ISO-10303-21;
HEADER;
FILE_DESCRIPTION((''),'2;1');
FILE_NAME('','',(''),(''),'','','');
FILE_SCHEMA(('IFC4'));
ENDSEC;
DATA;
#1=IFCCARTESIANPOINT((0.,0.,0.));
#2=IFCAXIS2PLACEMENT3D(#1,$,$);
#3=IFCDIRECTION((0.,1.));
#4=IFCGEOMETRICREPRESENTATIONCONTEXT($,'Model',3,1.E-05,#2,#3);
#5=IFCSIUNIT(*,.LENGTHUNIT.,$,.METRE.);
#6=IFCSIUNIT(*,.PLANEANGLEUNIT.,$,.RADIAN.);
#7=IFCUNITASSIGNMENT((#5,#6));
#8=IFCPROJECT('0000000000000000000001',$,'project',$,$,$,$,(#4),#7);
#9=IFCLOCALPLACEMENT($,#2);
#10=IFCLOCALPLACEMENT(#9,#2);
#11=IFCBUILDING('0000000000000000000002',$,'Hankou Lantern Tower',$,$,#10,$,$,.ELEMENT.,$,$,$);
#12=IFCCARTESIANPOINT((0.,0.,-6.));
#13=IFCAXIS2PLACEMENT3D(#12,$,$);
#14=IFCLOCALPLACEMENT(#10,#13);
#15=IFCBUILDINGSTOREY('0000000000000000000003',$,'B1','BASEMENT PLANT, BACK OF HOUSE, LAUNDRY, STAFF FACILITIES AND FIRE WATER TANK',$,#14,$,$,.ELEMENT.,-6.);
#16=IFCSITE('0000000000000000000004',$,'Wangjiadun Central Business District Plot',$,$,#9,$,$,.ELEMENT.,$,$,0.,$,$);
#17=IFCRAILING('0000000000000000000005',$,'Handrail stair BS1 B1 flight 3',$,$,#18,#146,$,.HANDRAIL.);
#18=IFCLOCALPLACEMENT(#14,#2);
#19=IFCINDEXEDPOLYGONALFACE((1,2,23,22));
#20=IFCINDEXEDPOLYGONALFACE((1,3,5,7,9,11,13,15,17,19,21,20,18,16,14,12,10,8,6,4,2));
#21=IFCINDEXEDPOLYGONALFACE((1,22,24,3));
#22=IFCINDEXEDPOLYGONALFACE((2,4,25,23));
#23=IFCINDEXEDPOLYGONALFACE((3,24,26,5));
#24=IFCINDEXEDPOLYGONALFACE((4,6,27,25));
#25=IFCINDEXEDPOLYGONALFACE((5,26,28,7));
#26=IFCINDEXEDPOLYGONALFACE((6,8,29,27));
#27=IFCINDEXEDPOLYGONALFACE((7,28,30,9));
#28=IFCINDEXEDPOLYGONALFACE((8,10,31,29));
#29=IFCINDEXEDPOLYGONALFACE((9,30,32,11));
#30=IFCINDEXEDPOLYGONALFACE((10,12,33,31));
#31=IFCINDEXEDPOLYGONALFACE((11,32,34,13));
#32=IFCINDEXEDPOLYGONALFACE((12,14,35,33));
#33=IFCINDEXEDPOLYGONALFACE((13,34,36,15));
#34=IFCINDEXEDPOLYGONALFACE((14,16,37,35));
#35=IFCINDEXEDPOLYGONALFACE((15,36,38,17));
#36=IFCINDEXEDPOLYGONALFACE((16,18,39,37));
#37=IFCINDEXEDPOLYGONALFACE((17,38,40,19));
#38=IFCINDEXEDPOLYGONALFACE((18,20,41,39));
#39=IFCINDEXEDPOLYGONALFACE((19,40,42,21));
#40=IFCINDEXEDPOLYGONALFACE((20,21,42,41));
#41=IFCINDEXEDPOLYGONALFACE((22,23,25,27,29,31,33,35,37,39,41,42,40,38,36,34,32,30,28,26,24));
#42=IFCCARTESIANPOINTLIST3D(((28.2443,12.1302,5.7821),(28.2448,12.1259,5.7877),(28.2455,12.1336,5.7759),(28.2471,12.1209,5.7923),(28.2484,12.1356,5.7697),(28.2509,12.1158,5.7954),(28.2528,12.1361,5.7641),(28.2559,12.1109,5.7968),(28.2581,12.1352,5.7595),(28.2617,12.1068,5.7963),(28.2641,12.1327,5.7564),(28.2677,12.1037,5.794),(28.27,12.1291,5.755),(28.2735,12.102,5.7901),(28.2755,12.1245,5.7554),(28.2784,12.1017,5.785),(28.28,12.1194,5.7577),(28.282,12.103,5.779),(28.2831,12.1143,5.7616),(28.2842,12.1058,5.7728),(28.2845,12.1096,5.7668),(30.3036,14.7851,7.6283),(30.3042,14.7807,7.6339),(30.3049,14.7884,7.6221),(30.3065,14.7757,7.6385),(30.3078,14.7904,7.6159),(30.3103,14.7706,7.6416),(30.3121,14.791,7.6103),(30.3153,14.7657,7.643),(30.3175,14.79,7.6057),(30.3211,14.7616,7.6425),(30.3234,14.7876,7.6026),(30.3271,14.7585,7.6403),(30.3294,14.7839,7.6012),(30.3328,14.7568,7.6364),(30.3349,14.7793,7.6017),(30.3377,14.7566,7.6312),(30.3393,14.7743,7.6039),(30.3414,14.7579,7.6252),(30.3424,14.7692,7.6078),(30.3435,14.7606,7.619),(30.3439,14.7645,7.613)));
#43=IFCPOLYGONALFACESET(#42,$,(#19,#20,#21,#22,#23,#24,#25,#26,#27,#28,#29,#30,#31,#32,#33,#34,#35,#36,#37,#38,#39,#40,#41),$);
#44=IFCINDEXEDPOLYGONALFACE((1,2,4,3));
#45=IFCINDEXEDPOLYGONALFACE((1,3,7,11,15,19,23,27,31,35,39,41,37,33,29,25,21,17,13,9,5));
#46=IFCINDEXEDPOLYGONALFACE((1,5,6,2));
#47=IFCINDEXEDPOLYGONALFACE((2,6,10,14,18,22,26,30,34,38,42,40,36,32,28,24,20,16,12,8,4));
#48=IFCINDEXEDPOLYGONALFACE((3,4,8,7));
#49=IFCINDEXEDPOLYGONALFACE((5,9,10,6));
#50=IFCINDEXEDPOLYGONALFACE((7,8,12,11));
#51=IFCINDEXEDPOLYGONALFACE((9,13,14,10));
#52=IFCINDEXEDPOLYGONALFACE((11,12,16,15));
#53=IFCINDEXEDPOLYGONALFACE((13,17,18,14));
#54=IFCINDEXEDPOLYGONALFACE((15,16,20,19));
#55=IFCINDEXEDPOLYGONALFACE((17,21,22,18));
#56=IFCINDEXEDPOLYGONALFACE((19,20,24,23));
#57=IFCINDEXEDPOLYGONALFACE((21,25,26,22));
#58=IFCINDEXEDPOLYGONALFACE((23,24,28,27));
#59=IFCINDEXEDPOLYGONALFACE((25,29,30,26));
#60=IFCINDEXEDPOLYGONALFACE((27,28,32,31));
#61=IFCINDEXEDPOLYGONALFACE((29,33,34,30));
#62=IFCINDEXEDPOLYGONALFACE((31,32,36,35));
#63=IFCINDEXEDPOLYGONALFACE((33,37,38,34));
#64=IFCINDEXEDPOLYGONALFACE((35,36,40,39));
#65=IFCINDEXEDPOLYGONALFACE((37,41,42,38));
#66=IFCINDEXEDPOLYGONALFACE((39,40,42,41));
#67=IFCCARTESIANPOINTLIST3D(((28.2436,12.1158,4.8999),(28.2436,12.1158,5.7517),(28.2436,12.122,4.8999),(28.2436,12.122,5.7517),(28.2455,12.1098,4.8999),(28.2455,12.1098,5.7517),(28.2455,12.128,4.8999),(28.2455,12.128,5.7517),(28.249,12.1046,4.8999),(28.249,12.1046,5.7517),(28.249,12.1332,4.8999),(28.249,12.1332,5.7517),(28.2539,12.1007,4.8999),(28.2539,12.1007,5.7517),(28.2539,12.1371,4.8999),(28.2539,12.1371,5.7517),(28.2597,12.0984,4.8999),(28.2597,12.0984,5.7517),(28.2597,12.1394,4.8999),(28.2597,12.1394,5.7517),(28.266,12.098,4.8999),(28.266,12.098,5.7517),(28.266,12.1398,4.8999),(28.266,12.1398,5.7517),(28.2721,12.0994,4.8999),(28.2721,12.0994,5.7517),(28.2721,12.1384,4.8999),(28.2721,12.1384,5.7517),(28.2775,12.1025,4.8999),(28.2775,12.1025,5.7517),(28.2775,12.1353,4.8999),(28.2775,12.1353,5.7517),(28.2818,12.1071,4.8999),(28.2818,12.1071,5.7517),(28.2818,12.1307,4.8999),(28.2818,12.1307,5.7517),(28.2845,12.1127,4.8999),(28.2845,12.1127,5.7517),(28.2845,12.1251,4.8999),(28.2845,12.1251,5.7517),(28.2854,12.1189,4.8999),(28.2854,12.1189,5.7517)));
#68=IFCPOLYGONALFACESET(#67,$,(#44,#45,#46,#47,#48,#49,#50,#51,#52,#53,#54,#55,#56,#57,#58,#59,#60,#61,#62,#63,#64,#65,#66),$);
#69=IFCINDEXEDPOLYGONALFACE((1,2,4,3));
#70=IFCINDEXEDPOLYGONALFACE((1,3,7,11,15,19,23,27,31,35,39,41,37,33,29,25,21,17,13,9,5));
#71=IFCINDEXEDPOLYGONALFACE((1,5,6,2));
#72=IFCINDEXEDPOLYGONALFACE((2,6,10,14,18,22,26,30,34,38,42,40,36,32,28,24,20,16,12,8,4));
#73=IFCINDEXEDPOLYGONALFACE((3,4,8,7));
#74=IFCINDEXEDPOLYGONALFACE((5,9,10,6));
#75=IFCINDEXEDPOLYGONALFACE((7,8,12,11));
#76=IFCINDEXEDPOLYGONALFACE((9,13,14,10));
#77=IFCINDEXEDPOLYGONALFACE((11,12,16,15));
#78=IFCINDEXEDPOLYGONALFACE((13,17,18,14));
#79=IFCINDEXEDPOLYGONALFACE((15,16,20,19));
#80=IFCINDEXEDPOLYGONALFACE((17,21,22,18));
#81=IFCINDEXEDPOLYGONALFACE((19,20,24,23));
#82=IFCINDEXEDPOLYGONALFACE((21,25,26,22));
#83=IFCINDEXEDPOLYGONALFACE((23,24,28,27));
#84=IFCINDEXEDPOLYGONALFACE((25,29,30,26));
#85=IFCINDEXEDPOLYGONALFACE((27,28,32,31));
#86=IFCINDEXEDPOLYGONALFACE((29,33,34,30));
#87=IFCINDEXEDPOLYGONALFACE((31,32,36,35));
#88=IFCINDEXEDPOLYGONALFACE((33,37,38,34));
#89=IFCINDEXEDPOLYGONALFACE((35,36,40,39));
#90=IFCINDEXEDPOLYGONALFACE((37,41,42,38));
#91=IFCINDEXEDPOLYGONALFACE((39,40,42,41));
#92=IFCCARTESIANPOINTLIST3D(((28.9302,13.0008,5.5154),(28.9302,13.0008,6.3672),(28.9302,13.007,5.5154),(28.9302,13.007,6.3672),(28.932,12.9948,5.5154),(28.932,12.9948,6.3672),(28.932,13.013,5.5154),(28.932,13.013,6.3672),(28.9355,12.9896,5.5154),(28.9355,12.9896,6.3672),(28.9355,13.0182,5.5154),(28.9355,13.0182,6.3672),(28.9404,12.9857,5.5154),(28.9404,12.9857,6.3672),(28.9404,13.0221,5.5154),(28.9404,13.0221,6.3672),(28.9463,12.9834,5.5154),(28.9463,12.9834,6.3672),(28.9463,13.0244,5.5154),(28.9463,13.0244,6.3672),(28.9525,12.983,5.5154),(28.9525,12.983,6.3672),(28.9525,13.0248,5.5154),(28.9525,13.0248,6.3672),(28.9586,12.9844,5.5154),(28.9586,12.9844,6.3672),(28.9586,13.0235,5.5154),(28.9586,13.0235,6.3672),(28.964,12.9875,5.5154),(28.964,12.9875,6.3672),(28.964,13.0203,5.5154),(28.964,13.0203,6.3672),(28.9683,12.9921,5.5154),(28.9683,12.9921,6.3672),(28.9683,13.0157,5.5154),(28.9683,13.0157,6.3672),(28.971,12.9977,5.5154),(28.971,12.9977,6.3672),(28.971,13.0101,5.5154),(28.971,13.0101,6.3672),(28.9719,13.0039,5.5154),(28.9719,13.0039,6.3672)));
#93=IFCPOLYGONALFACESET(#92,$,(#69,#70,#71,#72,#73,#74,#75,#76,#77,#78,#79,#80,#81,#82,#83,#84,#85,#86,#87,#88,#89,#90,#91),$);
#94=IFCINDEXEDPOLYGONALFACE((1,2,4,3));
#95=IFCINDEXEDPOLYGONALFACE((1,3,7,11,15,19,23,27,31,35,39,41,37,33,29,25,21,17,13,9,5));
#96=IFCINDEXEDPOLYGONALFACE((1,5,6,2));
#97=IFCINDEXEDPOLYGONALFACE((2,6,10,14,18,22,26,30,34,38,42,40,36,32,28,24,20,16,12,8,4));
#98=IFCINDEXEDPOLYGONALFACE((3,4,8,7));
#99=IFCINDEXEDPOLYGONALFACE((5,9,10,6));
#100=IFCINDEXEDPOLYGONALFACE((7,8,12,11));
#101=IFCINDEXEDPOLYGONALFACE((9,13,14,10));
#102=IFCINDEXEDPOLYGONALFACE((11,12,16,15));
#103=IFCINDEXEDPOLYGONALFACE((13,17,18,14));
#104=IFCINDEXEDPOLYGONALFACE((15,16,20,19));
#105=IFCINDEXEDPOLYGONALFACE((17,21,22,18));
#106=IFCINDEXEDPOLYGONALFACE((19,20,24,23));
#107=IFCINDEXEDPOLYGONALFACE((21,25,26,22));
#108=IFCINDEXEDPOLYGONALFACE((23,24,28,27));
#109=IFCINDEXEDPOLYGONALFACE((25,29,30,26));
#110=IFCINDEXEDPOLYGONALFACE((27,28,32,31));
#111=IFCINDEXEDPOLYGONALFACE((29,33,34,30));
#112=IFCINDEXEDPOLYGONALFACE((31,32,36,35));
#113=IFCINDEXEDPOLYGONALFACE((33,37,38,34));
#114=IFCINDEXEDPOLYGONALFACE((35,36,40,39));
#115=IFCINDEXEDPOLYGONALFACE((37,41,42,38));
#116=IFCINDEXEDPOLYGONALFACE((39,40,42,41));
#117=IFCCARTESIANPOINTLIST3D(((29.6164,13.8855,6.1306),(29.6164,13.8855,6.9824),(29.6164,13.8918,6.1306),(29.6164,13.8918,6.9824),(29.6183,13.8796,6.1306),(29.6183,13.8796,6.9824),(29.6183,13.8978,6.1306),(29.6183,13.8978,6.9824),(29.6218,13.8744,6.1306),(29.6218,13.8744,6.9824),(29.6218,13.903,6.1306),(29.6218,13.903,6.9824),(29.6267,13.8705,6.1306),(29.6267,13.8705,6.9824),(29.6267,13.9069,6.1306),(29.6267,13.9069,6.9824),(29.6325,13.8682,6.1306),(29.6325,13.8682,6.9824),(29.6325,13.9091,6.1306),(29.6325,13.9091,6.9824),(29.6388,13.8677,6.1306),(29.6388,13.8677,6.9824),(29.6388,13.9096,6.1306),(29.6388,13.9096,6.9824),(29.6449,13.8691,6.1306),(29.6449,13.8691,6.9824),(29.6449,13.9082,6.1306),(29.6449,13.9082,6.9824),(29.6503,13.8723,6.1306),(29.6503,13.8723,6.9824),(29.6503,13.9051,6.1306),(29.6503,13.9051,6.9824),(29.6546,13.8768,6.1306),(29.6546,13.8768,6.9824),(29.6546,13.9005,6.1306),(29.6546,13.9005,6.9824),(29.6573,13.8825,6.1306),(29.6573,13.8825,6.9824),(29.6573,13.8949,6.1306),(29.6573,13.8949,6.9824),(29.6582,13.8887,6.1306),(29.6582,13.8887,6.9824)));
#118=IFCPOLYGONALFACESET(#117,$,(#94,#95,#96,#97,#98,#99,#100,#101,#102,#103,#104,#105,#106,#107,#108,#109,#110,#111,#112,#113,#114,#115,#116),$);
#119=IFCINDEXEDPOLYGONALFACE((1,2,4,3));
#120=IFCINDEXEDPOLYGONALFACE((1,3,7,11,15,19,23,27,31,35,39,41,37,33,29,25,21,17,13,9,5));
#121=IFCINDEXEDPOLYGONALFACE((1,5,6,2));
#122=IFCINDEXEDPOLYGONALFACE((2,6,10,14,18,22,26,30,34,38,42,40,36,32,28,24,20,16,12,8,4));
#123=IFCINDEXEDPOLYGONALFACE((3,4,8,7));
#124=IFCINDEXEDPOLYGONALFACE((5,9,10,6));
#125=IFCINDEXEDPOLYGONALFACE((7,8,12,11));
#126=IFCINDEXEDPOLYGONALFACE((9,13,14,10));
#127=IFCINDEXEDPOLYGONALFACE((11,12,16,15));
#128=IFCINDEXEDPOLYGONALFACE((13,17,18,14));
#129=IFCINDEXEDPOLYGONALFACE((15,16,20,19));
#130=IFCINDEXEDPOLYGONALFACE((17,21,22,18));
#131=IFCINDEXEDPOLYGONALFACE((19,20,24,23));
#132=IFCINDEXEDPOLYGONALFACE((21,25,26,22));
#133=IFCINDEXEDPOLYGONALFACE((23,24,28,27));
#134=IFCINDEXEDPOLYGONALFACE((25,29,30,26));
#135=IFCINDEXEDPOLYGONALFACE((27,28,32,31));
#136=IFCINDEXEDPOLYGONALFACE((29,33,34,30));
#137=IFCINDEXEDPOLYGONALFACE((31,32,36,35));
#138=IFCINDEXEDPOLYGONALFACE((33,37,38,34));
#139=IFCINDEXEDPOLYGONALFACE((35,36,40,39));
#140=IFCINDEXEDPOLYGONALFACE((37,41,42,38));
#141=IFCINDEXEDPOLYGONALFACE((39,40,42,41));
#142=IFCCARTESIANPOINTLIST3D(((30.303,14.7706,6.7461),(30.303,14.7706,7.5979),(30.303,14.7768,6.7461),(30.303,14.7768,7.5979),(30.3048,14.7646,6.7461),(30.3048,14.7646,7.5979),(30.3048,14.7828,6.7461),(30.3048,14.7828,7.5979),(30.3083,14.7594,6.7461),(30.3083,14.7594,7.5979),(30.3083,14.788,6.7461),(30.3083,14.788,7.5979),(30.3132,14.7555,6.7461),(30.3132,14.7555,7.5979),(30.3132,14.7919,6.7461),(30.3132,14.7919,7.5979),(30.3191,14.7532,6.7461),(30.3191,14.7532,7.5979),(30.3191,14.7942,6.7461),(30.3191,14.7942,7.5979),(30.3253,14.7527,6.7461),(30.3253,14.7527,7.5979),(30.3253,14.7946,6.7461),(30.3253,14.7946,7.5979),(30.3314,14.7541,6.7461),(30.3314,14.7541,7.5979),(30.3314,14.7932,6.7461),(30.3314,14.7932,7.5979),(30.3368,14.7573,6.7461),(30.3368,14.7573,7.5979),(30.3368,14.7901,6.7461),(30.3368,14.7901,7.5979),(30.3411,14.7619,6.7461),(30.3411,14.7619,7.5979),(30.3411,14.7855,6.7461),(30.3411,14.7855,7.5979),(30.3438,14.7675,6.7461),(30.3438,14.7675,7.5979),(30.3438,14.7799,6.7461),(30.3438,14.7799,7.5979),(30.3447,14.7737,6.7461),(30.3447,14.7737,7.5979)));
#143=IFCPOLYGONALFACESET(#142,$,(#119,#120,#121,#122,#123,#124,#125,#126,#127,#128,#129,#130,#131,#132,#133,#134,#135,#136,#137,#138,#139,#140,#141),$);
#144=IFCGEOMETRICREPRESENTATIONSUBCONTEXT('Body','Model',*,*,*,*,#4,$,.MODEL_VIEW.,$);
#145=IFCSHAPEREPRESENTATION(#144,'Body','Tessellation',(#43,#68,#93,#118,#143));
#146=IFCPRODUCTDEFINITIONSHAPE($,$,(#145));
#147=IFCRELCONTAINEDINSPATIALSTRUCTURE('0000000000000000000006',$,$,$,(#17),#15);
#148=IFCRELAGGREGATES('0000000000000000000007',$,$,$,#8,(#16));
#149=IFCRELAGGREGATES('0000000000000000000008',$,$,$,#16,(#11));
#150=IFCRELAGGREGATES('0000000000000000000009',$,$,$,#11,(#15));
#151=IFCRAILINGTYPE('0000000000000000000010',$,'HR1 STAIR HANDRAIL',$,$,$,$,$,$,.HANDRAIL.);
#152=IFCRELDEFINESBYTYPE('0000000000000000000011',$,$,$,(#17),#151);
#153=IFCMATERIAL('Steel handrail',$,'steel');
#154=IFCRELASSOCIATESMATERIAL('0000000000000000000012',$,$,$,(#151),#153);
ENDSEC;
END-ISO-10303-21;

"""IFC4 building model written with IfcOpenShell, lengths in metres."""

from ifc_helpers import new_model, si_unit, direction, frame, origin, origin_2d, place, context, subcontext, project, spatial, circle, extrude, material, type_object, element, save


model = new_model("IFC4")

# Units and contexts
model_context = context("Model", 3, precision=1e-05, world=origin(), true_north=direction((0.0, 1.0)))
body_context = subcontext(model_context, "Body", "Model", "MODEL_VIEW")
ifc_project = project(units=[si_unit("LENGTHUNIT", "METRE"), si_unit("PLANEANGLEUNIT", "RADIAN")], contexts=[model_context])

# Site, building, storey
site_placement = place(None, origin())
site = spatial("IfcSite", under=ifc_project, at=site_placement, Name="Wangjiadun Central Business District Plot", CompositionType="ELEMENT", RefElevation=0.0)
building_placement = place(site_placement, origin())
building = spatial("IfcBuilding", under=site, at=building_placement, Name="Hankou Lantern Tower", CompositionType="ELEMENT")
storey_placement = place(building_placement, frame((0.0, 0.0, -6.0)))
storey = spatial("IfcBuildingStorey", under=building, at=storey_placement, Name="B1", Description="BASEMENT PLANT, BACK OF HOUSE, LAUNDRY, STAFF FACILITIES AND FIRE WATER TANK", CompositionType="ELEMENT", Elevation=-6.0)

# Railing
ifc_material_1 = material(Name="Steel handrail", Category="steel")
railing_type = type_object("IfcRailingType", Name="HR1 STAIR HANDRAIL", PredefinedType="HANDRAIL", material=ifc_material_1)
railing_1_placement = place(storey_placement, frame((28.2644, 12.1189, 4.8999)))
element("IfcRailing", 1, at=railing_1_placement, inside=storey, type_object=railing_type, Name="Handrail stair BS1 B1 flight 3", PredefinedType="HANDRAIL", context=body_context, shape_type="SweptSolid", body=[
    extrude(circle(Radius=0.0239, at=origin_2d()), frame((0.0, 0.0, 0.876), z_axis=(0.537166, 0.692489, 0.481571), x_axis=(-0.790146, 0.612919, 0.0)), (0.0, 0.0, 1.0), 3.8337),
    extrude(circle(Radius=0.021, at=origin_2d()), origin(), (0.0, 0.0, 1.0), 0.8518),
    extrude(circle(Radius=0.021, at=origin_2d()), frame((0.6865, 0.885, 0.6155)), (0.0, 0.0, 1.0), 0.8518),
    extrude(circle(Radius=0.021, at=origin_2d()), frame((1.3728, 1.7698, 1.2307)), (0.0, 0.0, 1.0), 0.8518),
    extrude(circle(Radius=0.021, at=origin_2d()), frame((2.0593, 2.6548, 1.8462)), (0.0, 0.0, 1.0), 0.8518),
])

save(model, "model.ifc")
